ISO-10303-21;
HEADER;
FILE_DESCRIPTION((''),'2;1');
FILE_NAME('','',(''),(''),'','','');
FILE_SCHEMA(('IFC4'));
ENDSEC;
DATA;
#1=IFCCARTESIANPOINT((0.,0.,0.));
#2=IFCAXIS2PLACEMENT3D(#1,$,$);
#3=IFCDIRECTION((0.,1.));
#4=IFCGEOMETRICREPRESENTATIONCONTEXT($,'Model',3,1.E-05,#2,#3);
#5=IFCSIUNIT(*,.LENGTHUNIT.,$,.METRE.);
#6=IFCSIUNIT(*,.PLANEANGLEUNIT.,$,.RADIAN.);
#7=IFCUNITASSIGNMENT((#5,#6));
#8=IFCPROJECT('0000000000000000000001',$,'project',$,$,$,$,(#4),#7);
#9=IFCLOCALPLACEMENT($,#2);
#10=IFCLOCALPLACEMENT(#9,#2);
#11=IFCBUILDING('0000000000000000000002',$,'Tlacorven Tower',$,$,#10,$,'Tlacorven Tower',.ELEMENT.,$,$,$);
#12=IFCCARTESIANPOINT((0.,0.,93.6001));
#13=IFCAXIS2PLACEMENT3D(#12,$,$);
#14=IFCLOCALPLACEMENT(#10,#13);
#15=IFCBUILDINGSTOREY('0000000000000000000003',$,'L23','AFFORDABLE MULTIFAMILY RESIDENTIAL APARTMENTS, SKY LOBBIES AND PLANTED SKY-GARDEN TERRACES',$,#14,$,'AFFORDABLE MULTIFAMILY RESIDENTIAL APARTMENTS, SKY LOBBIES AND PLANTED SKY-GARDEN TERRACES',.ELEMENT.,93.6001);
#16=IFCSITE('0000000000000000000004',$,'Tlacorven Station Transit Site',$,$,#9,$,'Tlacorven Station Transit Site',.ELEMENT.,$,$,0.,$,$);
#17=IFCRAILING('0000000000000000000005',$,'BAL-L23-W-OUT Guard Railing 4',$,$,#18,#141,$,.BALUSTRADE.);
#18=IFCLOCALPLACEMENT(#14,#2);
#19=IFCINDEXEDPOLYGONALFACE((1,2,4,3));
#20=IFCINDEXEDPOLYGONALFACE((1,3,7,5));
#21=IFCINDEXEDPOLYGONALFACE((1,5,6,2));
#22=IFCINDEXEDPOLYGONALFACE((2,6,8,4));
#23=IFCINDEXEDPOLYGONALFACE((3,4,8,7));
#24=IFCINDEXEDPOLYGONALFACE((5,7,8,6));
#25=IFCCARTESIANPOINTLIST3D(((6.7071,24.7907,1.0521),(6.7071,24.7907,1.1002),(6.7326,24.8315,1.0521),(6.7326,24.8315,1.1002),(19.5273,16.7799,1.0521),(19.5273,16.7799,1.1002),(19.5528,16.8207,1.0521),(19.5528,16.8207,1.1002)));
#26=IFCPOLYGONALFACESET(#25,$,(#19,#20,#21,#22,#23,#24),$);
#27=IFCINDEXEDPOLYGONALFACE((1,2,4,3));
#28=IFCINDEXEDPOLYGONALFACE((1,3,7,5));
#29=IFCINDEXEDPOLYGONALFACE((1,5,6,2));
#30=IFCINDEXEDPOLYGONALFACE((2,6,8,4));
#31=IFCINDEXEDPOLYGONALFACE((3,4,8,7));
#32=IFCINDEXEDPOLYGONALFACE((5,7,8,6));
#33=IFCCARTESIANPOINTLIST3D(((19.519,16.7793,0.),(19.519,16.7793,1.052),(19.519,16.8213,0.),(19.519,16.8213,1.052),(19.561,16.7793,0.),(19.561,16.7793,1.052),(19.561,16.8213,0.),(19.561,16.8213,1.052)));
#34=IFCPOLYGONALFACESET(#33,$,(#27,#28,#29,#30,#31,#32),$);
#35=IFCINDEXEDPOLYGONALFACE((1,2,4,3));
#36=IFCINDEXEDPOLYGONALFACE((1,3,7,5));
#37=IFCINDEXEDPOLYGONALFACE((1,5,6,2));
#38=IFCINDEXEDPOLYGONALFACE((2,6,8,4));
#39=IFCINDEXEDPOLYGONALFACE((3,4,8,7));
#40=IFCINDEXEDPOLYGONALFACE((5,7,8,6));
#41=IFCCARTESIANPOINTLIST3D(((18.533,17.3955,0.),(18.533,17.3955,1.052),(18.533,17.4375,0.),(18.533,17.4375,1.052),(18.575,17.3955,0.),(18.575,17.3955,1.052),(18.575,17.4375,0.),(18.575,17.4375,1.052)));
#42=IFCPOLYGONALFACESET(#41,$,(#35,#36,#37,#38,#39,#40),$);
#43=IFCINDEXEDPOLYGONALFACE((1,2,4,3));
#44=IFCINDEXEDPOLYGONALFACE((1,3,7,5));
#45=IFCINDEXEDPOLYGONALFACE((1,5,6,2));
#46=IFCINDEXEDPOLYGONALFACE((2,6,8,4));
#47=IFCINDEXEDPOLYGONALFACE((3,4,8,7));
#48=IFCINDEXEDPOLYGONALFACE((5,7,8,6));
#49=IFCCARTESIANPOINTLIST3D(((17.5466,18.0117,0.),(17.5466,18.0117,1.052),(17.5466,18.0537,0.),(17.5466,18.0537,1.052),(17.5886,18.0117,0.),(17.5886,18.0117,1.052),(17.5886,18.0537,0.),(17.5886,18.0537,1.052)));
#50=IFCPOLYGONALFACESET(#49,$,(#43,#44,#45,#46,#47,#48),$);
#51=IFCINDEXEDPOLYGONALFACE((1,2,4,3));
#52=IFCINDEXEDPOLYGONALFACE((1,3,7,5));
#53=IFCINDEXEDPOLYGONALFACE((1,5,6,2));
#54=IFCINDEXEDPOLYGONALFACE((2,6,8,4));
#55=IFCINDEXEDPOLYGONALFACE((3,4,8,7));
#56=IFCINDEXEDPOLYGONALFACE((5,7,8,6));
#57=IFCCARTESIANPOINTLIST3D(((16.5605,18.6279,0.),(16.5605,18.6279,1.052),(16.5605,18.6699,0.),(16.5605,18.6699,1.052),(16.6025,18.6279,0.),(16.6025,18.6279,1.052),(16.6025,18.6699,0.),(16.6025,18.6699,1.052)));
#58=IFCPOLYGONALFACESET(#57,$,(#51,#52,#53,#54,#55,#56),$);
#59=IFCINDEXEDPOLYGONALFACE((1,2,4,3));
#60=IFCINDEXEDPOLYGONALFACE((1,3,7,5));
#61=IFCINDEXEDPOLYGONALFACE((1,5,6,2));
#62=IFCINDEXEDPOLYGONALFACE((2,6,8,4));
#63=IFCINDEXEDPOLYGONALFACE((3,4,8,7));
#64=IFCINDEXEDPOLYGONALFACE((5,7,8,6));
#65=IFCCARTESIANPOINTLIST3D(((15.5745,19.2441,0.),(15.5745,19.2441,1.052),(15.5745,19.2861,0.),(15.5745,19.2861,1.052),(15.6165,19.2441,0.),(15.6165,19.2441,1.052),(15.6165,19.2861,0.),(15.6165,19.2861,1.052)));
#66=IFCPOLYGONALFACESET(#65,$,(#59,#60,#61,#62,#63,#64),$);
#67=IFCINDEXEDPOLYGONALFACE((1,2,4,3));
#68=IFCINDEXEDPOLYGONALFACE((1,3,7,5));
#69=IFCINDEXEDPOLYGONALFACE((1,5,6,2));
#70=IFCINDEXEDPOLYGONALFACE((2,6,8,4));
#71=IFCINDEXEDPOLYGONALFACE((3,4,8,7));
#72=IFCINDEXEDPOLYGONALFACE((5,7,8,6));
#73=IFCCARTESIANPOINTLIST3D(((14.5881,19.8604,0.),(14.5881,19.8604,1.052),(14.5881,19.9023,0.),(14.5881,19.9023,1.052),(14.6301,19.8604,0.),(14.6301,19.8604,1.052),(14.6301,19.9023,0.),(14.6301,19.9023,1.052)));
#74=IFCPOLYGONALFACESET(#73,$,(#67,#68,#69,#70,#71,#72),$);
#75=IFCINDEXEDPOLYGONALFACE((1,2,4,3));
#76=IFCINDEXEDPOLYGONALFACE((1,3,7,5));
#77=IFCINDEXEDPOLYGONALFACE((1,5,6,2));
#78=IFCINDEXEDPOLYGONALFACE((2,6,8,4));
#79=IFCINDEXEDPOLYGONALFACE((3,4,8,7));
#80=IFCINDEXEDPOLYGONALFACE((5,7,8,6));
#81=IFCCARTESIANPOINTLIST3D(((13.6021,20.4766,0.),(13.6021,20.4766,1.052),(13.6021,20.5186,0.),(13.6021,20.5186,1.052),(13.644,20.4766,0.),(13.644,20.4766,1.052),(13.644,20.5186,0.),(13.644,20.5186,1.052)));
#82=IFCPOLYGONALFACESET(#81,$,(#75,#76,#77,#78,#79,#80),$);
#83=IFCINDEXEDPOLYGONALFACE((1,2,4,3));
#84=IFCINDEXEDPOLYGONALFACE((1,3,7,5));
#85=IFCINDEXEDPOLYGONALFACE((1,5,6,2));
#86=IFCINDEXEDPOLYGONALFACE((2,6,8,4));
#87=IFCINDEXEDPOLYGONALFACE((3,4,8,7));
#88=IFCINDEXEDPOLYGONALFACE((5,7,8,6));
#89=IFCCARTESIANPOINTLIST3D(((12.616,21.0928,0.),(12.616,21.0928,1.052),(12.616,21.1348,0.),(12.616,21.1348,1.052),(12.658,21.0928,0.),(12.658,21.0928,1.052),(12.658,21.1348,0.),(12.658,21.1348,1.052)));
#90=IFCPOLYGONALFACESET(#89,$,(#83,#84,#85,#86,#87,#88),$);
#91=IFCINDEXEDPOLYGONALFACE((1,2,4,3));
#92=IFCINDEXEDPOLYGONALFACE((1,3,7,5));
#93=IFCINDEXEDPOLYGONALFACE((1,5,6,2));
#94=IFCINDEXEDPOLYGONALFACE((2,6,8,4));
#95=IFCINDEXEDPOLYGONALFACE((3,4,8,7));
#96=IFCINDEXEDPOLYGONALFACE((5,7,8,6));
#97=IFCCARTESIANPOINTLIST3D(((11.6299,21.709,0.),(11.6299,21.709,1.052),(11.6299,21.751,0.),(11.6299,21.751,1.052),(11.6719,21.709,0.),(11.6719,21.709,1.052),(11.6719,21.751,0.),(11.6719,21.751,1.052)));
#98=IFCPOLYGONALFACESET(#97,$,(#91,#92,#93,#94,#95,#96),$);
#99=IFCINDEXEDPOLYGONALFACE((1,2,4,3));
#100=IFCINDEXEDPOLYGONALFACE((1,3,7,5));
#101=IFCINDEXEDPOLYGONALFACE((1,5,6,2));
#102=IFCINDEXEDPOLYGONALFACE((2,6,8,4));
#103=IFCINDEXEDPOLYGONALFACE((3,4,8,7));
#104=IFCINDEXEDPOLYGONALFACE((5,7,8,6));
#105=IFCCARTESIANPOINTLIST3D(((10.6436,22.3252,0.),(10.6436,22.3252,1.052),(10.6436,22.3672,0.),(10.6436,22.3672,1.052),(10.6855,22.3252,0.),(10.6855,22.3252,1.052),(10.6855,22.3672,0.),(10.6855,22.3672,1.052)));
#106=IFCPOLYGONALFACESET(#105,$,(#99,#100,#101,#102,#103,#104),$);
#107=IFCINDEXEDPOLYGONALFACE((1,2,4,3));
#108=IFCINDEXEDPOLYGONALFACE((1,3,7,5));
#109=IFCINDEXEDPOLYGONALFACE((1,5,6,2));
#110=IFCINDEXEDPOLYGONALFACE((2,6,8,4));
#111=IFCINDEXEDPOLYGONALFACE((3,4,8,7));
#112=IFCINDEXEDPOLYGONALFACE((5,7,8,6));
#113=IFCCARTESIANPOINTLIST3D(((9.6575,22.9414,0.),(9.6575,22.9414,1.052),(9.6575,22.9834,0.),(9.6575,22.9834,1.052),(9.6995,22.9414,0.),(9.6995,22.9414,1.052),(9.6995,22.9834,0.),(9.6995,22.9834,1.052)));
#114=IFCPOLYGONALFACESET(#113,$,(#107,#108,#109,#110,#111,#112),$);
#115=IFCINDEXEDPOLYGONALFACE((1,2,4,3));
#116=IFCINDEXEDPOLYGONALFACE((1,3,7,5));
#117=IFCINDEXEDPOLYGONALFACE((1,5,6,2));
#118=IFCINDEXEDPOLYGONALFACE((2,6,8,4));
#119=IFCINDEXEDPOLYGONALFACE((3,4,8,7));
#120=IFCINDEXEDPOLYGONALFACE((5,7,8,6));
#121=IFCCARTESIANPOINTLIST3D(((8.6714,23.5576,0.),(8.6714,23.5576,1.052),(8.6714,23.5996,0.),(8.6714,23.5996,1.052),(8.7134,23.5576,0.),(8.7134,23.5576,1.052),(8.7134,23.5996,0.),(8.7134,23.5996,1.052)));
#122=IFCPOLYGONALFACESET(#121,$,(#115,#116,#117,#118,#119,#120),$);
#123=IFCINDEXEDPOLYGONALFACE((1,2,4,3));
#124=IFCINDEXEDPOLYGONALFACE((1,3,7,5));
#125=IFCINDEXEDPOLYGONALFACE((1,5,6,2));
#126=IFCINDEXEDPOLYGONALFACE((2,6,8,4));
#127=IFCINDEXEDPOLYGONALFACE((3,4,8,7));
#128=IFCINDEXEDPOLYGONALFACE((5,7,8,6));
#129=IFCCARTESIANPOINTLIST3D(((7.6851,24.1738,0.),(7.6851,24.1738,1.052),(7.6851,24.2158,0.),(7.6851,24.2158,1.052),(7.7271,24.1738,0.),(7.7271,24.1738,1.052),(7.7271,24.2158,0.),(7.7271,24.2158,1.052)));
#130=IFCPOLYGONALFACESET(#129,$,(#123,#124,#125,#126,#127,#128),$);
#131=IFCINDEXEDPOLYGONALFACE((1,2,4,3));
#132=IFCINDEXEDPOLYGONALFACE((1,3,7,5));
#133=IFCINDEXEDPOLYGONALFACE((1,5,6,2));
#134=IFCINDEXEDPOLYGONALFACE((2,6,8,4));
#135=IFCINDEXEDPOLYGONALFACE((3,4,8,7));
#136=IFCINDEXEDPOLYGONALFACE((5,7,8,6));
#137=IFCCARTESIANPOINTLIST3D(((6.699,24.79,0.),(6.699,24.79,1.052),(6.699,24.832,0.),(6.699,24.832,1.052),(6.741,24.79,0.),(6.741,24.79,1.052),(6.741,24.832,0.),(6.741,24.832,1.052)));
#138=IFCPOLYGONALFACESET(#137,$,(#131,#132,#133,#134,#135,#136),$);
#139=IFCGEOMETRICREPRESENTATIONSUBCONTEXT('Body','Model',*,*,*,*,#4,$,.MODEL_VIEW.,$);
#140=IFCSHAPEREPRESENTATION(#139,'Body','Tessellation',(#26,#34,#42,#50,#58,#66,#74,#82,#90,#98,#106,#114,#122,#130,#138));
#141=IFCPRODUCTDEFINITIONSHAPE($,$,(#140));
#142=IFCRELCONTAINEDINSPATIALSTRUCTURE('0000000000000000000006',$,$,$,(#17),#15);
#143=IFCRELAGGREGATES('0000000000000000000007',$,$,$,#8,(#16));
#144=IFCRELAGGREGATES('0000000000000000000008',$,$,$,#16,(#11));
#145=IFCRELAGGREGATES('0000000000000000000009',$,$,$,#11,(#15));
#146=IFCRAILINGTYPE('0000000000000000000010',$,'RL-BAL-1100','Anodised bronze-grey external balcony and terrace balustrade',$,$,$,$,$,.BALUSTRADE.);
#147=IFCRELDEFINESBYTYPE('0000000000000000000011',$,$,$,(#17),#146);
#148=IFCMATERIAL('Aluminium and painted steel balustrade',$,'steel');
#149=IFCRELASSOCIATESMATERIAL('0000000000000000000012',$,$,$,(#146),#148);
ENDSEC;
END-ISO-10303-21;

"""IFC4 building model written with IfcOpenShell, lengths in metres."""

from ifc_helpers import new_model, si_unit, direction, frame, origin, origin_2d, place, context, subcontext, project, spatial, rectangle, extrude, source, transform, mapped, material, type_object, element, save


model = new_model("IFC4")

# Units and contexts
model_context = context("Model", 3, precision=1e-05, world=origin(), true_north=direction((0.0, 1.0)))
body_context = subcontext(model_context, "Body", "Model", "MODEL_VIEW")
ifc_project = project(units=[si_unit("LENGTHUNIT", "METRE"), si_unit("PLANEANGLEUNIT", "RADIAN")], contexts=[model_context])

# Site, building, storey
site_placement = place(None, origin())
site = spatial("IfcSite", under=ifc_project, at=site_placement, Name="Tlacorven Station Transit Site", LongName="Tlacorven Station Transit Site", CompositionType="ELEMENT", RefElevation=0.0)
building_placement = place(site_placement, origin())
building = spatial("IfcBuilding", under=site, at=building_placement, Name="Tlacorven Tower", LongName="Tlacorven Tower", CompositionType="ELEMENT")
storey_placement = place(building_placement, frame((0.0, 0.0, 93.6001)))
storey = spatial("IfcBuildingStorey", under=building, at=storey_placement, Name="L23", Description="AFFORDABLE MULTIFAMILY RESIDENTIAL APARTMENTS, SKY LOBBIES AND PLANTED SKY-GARDEN TERRACES", LongName="AFFORDABLE MULTIFAMILY RESIDENTIAL APARTMENTS, SKY LOBBIES AND PLANTED SKY-GARDEN TERRACES", CompositionType="ELEMENT", Elevation=93.6001)

# Railing
ifc_material_1 = material(Name="Aluminium and painted steel balustrade", Category="steel")
railing_type = type_object("IfcRailingType", Name="RL-BAL-1100", Description="Anodised bronze-grey external balcony and terrace balustrade", PredefinedType="BALUSTRADE", material=ifc_material_1)
shared_shape_1 = source(origin(), body_context, "Body", "SweptSolid", [
    extrude(rectangle(XDim=0.0481, YDim=0.0481, at=origin_2d()), frame((0.0, 0.0, 1.0762), z_axis=(-0.848052, 0.529913, 0.0), x_axis=(-0.529913, -0.848052, 0.0)), (0.0, 0.0, 1.0), 15.1172),
    extrude(rectangle(XDim=0.042, YDim=0.042, at=origin_2d()), origin(), (0.0, 0.0, 1.0), 1.052),
    extrude(rectangle(XDim=0.042, YDim=0.042, at=origin_2d()), frame((-0.9861, 0.6162, 0.0)), (0.0, 0.0, 1.0), 1.052),
    extrude(rectangle(XDim=0.042, YDim=0.042, at=origin_2d()), frame((-1.9724, 1.2324, 0.0)), (0.0, 0.0, 1.0), 1.052),
    extrude(rectangle(XDim=0.042, YDim=0.042, at=origin_2d()), frame((-2.9585, 1.8486, 0.0)), (0.0, 0.0, 1.0), 1.052),
    extrude(rectangle(XDim=0.042, YDim=0.042, at=origin_2d()), frame((-3.9446, 2.4648, 0.0)), (0.0, 0.0, 1.0), 1.052),
    extrude(rectangle(XDim=0.042, YDim=0.042, at=origin_2d()), frame((-4.9309, 3.0811, 0.0)), (0.0, 0.0, 1.0), 1.052),
    extrude(rectangle(XDim=0.042, YDim=0.042, at=origin_2d()), frame((-5.917, 3.6973, 0.0)), (0.0, 0.0, 1.0), 1.052),
    extrude(rectangle(XDim=0.042, YDim=0.042, at=origin_2d()), frame((-6.9031, 4.3135, 0.0)), (0.0, 0.0, 1.0), 1.052),
    extrude(rectangle(XDim=0.042, YDim=0.042, at=origin_2d()), frame((-7.8892, 4.9297, 0.0)), (0.0, 0.0, 1.0), 1.052),
    extrude(rectangle(XDim=0.042, YDim=0.042, at=origin_2d()), frame((-8.8755, 5.5459, 0.0)), (0.0, 0.0, 1.0), 1.052),
    extrude(rectangle(XDim=0.042, YDim=0.042, at=origin_2d()), frame((-9.8616, 6.1621, 0.0)), (0.0, 0.0, 1.0), 1.052),
    extrude(rectangle(XDim=0.042, YDim=0.042, at=origin_2d()), frame((-10.8477, 6.7783, 0.0)), (0.0, 0.0, 1.0), 1.052),
    extrude(rectangle(XDim=0.042, YDim=0.042, at=origin_2d()), frame((-11.834, 7.3945, 0.0)), (0.0, 0.0, 1.0), 1.052),
    extrude(rectangle(XDim=0.042, YDim=0.042, at=origin_2d()), frame((-12.8201, 8.0107, 0.0)), (0.0, 0.0, 1.0), 1.052),
])
railing_1_placement = place(storey_placement, frame((19.54, 16.8003, 0.0)))
element("IfcRailing", 1, at=railing_1_placement, inside=storey, type_object=railing_type, Name="BAL-L23-W-OUT Guard Railing 4", PredefinedType="BALUSTRADE", context=body_context, shape_type="MappedRepresentation", body=[
    mapped(shared_shape_1, transform((0.0, 0.0, 0.0), scale=1.0)),
])

save(model, "model.ifc")
